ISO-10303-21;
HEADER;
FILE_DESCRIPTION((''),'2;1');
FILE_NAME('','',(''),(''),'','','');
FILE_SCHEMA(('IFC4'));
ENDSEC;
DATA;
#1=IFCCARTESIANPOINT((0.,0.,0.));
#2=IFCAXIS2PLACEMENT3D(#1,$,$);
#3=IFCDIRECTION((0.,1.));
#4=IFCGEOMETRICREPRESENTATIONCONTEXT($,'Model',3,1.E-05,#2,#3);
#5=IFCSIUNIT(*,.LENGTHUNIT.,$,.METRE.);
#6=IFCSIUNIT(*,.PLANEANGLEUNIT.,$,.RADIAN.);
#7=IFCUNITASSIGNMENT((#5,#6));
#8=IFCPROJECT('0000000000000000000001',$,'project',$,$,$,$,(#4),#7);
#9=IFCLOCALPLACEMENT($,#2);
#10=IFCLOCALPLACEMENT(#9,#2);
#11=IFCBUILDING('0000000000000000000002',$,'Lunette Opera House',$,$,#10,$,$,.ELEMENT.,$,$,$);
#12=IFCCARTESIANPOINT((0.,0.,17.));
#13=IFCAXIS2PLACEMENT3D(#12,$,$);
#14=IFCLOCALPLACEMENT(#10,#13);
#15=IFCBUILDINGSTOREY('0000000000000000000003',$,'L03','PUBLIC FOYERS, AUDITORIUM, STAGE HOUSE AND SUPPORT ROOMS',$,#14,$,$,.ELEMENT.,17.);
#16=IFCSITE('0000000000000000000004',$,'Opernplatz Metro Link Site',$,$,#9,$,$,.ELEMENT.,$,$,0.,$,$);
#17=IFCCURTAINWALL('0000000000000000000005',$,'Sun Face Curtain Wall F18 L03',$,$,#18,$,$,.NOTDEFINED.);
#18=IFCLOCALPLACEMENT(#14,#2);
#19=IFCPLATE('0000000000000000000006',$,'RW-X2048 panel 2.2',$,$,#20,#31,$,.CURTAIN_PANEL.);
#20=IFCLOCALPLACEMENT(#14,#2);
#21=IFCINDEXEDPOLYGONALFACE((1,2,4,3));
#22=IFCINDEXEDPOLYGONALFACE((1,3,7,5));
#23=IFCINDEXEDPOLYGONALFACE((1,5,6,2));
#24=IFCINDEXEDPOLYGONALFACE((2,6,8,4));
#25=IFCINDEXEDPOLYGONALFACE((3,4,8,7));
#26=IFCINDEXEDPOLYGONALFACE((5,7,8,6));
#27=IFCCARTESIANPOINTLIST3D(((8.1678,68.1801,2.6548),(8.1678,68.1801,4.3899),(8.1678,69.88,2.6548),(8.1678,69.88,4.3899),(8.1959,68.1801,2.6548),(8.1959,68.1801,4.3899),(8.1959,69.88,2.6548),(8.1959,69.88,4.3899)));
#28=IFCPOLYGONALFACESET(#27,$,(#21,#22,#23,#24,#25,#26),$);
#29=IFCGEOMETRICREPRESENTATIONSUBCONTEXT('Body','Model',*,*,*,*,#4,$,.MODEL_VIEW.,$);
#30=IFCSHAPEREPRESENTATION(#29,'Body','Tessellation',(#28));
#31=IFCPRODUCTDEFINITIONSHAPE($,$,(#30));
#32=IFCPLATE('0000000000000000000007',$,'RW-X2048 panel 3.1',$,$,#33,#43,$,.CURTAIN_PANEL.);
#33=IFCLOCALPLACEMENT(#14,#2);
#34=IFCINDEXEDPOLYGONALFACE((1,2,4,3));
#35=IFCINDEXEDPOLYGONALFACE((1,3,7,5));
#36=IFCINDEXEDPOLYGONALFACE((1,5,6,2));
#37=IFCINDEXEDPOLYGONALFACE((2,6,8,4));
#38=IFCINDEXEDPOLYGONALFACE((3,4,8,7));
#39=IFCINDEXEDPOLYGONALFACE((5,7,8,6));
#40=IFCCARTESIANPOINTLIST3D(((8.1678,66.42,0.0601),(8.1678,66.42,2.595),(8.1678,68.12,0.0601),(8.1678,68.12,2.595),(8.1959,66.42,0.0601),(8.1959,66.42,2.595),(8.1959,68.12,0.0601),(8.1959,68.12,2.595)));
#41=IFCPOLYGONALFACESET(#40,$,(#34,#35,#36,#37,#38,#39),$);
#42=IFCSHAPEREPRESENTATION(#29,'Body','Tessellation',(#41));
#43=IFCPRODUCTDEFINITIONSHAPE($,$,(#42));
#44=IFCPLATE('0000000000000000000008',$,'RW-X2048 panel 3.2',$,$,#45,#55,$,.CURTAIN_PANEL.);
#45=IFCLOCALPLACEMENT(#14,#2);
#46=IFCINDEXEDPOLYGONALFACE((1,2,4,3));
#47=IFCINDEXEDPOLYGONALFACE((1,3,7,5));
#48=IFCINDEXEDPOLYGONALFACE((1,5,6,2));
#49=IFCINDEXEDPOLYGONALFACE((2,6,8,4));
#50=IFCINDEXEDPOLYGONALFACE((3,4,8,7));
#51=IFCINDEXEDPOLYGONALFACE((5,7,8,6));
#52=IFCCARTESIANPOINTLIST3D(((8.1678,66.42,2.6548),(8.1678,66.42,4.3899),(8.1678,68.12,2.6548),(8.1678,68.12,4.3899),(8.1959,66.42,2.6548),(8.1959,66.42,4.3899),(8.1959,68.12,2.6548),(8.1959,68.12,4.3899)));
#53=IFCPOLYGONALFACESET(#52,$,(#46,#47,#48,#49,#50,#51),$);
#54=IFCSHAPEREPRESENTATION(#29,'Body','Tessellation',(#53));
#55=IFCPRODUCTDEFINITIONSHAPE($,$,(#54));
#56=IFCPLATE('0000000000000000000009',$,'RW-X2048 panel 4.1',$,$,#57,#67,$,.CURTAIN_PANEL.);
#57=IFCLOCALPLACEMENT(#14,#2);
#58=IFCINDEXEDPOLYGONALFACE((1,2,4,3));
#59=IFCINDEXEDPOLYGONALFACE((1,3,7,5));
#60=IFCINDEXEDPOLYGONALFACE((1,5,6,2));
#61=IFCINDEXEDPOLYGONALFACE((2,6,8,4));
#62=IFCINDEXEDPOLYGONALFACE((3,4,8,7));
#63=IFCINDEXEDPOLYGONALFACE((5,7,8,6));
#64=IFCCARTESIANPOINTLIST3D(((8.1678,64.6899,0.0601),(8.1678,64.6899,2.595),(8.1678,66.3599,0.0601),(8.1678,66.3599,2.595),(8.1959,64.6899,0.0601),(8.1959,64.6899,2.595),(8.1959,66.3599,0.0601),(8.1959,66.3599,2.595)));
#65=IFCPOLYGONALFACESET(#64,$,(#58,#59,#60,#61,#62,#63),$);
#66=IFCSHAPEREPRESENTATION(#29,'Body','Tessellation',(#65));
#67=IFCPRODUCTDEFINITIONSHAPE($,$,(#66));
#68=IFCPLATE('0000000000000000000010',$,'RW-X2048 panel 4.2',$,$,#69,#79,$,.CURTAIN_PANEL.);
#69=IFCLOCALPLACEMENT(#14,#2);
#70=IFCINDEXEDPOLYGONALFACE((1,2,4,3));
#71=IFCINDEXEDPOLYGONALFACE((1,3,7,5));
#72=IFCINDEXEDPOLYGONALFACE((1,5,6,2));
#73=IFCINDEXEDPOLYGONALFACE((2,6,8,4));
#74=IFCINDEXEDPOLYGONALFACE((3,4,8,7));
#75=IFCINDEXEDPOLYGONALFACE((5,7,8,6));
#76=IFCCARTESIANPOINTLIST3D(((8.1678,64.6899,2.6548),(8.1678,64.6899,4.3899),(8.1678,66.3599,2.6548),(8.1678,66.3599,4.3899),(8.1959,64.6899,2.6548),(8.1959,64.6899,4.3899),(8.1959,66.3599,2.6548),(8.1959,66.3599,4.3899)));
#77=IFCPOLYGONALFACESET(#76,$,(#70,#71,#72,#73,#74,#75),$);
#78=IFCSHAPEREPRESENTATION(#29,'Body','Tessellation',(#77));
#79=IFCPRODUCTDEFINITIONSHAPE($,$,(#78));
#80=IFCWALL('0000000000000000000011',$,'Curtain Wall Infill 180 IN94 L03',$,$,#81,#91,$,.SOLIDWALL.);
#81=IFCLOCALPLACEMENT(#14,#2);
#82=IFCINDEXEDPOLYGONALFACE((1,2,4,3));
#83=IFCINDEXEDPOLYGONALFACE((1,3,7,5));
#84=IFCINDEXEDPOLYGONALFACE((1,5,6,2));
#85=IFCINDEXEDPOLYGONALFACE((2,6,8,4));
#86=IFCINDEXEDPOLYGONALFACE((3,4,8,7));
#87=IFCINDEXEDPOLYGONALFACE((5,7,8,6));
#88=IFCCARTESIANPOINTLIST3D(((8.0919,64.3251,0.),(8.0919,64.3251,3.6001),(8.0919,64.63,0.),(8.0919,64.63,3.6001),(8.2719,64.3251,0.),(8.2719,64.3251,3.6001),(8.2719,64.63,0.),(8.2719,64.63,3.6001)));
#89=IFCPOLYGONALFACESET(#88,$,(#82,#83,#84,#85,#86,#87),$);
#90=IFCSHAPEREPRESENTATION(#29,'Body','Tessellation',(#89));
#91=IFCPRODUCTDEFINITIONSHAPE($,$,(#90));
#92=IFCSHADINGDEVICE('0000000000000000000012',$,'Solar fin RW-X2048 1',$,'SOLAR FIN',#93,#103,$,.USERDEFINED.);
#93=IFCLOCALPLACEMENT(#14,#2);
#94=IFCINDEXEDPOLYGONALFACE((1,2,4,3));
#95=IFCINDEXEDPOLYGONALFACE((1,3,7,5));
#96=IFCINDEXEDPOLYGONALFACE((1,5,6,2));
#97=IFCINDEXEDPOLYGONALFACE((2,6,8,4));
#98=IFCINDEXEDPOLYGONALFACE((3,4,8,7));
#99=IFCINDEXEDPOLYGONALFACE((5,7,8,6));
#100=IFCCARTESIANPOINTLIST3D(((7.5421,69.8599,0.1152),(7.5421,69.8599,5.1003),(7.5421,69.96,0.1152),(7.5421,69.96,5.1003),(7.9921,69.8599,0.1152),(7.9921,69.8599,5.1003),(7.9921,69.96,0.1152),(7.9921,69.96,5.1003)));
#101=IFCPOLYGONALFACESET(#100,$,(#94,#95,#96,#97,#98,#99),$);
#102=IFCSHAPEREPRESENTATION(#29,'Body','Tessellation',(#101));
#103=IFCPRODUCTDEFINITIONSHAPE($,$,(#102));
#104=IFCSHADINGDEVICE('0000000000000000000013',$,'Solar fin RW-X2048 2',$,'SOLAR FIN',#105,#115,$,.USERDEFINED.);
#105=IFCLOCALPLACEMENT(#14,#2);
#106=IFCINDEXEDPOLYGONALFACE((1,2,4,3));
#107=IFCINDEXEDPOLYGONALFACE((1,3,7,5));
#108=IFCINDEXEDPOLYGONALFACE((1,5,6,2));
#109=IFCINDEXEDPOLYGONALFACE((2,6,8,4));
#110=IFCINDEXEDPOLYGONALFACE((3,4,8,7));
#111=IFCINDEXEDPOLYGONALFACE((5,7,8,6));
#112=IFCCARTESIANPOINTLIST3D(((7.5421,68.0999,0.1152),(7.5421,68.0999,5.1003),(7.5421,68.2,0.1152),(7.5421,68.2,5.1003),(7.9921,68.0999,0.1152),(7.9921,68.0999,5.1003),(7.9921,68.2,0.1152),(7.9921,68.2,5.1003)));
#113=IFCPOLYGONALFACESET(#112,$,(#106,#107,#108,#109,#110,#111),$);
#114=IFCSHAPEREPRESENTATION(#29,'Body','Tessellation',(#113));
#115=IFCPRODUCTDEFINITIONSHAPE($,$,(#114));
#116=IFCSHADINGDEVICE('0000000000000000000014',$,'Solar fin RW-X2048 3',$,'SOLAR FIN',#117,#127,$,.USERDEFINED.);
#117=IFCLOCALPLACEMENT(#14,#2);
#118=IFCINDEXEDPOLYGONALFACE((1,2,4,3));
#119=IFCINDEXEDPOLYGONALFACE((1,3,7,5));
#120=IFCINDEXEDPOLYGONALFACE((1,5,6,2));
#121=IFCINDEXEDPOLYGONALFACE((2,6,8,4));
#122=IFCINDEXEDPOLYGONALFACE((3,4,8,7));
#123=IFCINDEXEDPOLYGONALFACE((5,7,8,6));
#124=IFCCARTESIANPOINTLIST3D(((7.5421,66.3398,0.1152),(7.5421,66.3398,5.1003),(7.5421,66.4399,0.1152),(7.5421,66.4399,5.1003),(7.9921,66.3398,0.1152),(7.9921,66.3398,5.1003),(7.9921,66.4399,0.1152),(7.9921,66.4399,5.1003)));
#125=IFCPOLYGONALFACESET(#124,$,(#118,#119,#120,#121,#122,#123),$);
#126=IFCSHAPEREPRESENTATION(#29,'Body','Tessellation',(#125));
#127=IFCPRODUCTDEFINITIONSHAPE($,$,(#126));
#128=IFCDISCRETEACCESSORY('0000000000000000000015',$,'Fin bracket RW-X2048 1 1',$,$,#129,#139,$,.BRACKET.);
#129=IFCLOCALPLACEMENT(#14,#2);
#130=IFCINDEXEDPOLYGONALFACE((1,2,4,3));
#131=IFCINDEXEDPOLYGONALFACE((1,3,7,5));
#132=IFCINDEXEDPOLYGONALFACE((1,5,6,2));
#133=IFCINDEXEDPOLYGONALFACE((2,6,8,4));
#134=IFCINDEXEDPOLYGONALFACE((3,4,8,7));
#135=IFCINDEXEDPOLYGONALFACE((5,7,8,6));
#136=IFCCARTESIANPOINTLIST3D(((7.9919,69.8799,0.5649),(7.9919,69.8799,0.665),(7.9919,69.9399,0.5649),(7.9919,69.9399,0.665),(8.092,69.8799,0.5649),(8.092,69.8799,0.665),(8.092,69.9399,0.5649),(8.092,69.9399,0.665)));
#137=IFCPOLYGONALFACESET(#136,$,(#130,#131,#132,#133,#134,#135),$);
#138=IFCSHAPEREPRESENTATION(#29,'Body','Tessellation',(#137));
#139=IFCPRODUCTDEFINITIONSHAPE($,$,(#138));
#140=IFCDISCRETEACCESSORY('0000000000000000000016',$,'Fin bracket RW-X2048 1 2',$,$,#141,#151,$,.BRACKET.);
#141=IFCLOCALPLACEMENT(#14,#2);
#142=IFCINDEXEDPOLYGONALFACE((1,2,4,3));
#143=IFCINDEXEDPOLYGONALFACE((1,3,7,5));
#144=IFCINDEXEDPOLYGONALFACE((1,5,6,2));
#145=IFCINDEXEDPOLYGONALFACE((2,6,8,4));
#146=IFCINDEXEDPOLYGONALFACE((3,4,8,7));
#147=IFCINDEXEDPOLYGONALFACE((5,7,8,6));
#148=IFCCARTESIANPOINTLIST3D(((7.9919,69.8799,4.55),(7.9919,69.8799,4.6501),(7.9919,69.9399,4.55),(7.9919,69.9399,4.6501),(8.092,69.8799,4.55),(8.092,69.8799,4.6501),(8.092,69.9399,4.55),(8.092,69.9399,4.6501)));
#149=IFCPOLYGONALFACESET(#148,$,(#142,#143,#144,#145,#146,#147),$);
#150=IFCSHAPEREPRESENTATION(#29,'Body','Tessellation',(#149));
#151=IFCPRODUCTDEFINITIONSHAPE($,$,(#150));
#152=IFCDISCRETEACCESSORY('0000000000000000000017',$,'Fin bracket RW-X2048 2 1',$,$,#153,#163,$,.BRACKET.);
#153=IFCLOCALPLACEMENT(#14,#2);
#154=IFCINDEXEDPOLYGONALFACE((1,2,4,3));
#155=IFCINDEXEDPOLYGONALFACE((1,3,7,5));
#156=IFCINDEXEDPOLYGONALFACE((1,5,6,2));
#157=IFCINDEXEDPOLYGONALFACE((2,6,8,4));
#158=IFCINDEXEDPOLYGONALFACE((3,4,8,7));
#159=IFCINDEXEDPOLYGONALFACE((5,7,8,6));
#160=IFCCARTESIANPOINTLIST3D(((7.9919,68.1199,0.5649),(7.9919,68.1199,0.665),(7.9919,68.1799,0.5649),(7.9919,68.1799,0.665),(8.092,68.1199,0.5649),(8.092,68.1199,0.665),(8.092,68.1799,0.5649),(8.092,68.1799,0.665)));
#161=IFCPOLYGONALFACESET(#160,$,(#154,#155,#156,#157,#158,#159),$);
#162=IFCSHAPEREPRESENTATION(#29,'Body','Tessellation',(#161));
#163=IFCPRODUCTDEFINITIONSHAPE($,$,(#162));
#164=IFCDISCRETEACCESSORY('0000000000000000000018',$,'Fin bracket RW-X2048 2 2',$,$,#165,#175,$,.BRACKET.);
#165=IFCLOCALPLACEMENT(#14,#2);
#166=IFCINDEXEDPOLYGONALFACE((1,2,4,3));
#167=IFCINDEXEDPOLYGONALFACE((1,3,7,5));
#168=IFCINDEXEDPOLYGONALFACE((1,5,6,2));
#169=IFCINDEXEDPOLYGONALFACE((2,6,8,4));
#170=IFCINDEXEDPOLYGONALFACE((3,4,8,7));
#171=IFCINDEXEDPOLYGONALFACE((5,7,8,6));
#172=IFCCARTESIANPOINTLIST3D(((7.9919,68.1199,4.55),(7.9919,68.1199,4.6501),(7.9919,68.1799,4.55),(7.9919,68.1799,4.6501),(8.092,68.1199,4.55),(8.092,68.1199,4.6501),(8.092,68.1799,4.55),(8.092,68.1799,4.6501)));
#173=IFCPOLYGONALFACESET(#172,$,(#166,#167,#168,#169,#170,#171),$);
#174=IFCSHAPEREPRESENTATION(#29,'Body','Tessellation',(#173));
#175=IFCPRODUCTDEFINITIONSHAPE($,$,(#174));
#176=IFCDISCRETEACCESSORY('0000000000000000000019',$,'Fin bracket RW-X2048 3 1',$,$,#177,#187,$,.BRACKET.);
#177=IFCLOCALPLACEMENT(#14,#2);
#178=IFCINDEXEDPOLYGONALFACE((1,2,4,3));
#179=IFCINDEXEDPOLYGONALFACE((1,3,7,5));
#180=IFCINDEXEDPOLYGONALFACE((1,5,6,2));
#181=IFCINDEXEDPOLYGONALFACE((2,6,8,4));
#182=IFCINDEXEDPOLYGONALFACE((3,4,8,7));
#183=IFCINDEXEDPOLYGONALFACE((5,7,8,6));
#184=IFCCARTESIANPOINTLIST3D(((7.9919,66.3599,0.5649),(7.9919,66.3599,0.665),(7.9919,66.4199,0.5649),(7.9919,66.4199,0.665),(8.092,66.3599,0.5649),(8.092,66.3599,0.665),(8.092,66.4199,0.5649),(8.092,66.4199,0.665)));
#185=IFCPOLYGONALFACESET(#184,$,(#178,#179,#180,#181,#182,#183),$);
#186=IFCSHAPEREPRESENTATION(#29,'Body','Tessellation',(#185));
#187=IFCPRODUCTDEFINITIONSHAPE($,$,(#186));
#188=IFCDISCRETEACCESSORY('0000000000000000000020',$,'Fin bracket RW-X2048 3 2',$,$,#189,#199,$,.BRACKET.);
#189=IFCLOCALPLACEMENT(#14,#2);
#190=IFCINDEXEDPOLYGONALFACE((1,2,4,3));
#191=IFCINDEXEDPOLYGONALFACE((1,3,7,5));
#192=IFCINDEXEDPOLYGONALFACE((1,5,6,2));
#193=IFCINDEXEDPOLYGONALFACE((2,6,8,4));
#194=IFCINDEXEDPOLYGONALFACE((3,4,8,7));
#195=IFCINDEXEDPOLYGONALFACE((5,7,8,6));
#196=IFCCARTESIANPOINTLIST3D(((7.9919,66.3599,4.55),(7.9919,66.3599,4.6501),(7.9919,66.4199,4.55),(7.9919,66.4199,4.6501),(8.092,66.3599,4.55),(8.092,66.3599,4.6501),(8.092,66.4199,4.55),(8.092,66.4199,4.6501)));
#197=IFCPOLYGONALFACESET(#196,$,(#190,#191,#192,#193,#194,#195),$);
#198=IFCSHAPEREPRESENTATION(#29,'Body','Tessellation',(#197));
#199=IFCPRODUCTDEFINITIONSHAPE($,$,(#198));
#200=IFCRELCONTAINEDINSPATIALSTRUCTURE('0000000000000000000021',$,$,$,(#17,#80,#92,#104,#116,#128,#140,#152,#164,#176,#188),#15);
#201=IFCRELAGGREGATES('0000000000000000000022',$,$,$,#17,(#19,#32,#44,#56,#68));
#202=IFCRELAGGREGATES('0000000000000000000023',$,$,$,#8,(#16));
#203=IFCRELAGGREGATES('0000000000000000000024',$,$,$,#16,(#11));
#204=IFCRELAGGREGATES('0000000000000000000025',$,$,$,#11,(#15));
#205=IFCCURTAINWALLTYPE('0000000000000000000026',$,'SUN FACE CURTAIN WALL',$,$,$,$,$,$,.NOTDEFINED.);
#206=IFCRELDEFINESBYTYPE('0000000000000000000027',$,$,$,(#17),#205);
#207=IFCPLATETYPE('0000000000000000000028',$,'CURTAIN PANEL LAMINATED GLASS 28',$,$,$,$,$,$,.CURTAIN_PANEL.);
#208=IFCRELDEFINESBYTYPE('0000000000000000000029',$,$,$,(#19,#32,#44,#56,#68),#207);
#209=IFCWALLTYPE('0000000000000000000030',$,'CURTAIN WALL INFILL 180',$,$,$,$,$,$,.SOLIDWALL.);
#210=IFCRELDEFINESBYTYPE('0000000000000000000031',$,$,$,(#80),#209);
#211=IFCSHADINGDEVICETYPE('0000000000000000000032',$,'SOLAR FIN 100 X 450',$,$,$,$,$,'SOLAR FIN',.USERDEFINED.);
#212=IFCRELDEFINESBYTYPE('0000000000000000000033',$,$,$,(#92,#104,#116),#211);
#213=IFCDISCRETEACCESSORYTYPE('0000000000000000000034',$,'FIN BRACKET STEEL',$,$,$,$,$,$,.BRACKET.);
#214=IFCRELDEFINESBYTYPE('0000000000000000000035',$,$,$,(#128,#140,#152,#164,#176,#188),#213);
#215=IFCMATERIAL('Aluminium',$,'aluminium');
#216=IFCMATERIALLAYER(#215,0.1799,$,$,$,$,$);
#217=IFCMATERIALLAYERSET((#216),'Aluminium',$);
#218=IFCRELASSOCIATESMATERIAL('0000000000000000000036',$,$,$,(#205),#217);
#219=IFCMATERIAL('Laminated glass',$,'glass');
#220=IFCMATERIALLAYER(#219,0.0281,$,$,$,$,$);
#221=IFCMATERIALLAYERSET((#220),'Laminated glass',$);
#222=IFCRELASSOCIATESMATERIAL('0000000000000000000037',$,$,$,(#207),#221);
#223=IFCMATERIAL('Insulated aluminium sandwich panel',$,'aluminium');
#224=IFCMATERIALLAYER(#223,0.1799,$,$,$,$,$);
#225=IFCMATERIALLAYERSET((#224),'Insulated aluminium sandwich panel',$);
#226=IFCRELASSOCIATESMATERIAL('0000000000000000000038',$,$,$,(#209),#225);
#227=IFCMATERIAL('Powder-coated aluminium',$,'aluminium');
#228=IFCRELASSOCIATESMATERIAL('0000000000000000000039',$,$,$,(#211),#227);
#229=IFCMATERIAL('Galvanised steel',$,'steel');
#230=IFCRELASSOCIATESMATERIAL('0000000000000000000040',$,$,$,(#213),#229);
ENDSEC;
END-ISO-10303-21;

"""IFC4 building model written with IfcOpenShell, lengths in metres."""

from ifc_helpers import new_model, si_unit, direction, frame, frame_2d, origin, origin_2d, place, context, subcontext, project, spatial, rectangle, extrude, material, layer, layer_set, type_object, element, aggregate, save


model = new_model("IFC4")

# Units and contexts
model_context = context("Model", 3, precision=1e-05, world=origin(), true_north=direction((0.0, 1.0)))
body_context = subcontext(model_context, "Body", "Model", "MODEL_VIEW")
ifc_project = project(units=[si_unit("LENGTHUNIT", "METRE"), si_unit("PLANEANGLEUNIT", "RADIAN")], contexts=[model_context])

# Site, building, storey
site_placement = place(None, origin())
site = spatial("IfcSite", under=ifc_project, at=site_placement, Name="Opernplatz Metro Link Site", CompositionType="ELEMENT", RefElevation=0.0)
building_placement = place(site_placement, origin())
building = spatial("IfcBuilding", under=site, at=building_placement, Name="Lunette Opera House", CompositionType="ELEMENT")
storey_placement = place(building_placement, frame((0.0, 0.0, 17.0)))
storey = spatial("IfcBuildingStorey", under=building, at=storey_placement, Name="L03", Description="PUBLIC FOYERS, AUDITORIUM, STAGE HOUSE AND SUPPORT ROOMS", CompositionType="ELEMENT", Elevation=17.0)

# Curtain wall, plates
ifc_material_1 = material(Name="Aluminium", Category="aluminium")
ifc_layer_1 = layer(ifc_material_1, 0.1799)
ifc_layer_set_1 = layer_set([ifc_layer_1], Name="Aluminium")
curtain_wall_type = type_object("IfcCurtainWallType", Name="SUN FACE CURTAIN WALL", PredefinedType="NOTDEFINED", material=ifc_layer_set_1)
curtain_wall_placement = place(storey_placement, origin())
curtain_wall = element("IfcCurtainWall", 1, at=curtain_wall_placement, inside=storey, type_object=curtain_wall_type, Name="Sun Face Curtain Wall F18 L03", PredefinedType="NOTDEFINED")
ifc_material_2 = material(Name="Laminated glass", Category="glass")
ifc_layer_2 = layer(ifc_material_2, 0.0281)
ifc_layer_set_2 = layer_set([ifc_layer_2], Name="Laminated glass")
plate_type = type_object("IfcPlateType", Name="CURTAIN PANEL LAMINATED GLASS 28", PredefinedType="CURTAIN_PANEL", material=ifc_layer_set_2)
plate_1_placement = place(storey_placement, frame((8.1819, 69.03, 2.6548), z_axis=(0.0, 0.0, 1.0), x_axis=(0.0, -1.0, 0.0)))
plate_1 = element("IfcPlate", 2, at=plate_1_placement, type_object=plate_type, Name="RW-X2048 panel 2.2", PredefinedType="CURTAIN_PANEL", context=body_context, shape_type="SweptSolid", body=[
    extrude(rectangle(XDim=1.7, YDim=0.0281, at=origin_2d()), origin(), (0.0, 0.0, 1.0), 1.7351),
])
plate_2_placement = place(storey_placement, frame((8.1819, 67.27, 0.0601), z_axis=(0.0, 0.0, 1.0), x_axis=(0.0, -1.0, 0.0)))
plate_2 = element("IfcPlate", 3, at=plate_2_placement, type_object=plate_type, Name="RW-X2048 panel 3.1", PredefinedType="CURTAIN_PANEL", context=body_context, shape_type="SweptSolid", body=[
    extrude(rectangle(XDim=1.7, YDim=0.0281, at=origin_2d()), origin(), (0.0, 0.0, 1.0), 2.5349),
])
plate_3_placement = place(storey_placement, frame((8.1819, 67.27, 2.6548), z_axis=(0.0, 0.0, 1.0), x_axis=(0.0, -1.0, 0.0)))
plate_3 = element("IfcPlate", 4, at=plate_3_placement, type_object=plate_type, Name="RW-X2048 panel 3.2", PredefinedType="CURTAIN_PANEL", context=body_context, shape_type="SweptSolid", body=[
    extrude(rectangle(XDim=1.7, YDim=0.0281, at=origin_2d()), origin(), (0.0, 0.0, 1.0), 1.7351),
])
plate_4_placement = place(storey_placement, frame((8.1819, 65.5249, 0.0601), z_axis=(0.0, 0.0, 1.0), x_axis=(0.0, -1.0, 0.0)))
plate_4 = element("IfcPlate", 5, at=plate_4_placement, type_object=plate_type, Name="RW-X2048 panel 4.1", PredefinedType="CURTAIN_PANEL", context=body_context, shape_type="SweptSolid", body=[
    extrude(rectangle(XDim=1.6699, YDim=0.0281, at=origin_2d()), origin(), (0.0, 0.0, 1.0), 2.5349),
])
plate_5_placement = place(storey_placement, frame((8.1819, 65.5249, 2.6548), z_axis=(0.0, 0.0, 1.0), x_axis=(0.0, -1.0, 0.0)))
plate_5 = element("IfcPlate", 6, at=plate_5_placement, type_object=plate_type, Name="RW-X2048 panel 4.2", PredefinedType="CURTAIN_PANEL", context=body_context, shape_type="SweptSolid", body=[
    extrude(rectangle(XDim=1.6699, YDim=0.0281, at=origin_2d()), origin(), (0.0, 0.0, 1.0), 1.7351),
])
aggregate(curtain_wall, [plate_1, plate_2, plate_3, plate_4, plate_5])

# Wall
ifc_material_3 = material(Name="Insulated aluminium sandwich panel", Category="aluminium")
ifc_layer_3 = layer(ifc_material_3, 0.1799)
ifc_layer_set_3 = layer_set([ifc_layer_3], Name="Insulated aluminium sandwich panel")
wall_type = type_object("IfcWallType", Name="CURTAIN WALL INFILL 180", PredefinedType="SOLIDWALL", material=ifc_layer_set_3)
wall_placement = place(storey_placement, frame((8.1819, 64.6299, 0.0), z_axis=(0.0, 0.0, 1.0), x_axis=(0.0, -1.0, 0.0)))
element("IfcWall", 7, at=wall_placement, inside=storey, type_object=wall_type, Name="Curtain Wall Infill 180 IN94 L03", PredefinedType="SOLIDWALL", context=body_context, shape_type="SweptSolid", body=[
    extrude(rectangle(XDim=0.3049, YDim=0.1799, at=frame_2d((0.1523, 0.0))), origin(), (0.0, 0.0, 1.0), 3.6001),
])

# Shading devices
ifc_material_4 = material(Name="Powder-coated aluminium", Category="aluminium")
shading_device_type = type_object("IfcShadingDeviceType", Name="SOLAR FIN 100 X 450", ElementType="SOLAR FIN", PredefinedType="USERDEFINED", material=ifc_material_4)
for number, where, z_axis, x_axis, name in (
    (8, (7.7671, 69.9099, 0.1152), (0.0, 0.0, 1.0), (-1.0, 0.0, 0.0), "Solar fin RW-X2048 1"),
    (9, (7.7671, 68.1499, 0.1152), (0.0, 0.0, 1.0), (-1.0, 0.0, 0.0), "Solar fin RW-X2048 2"),
    (10, (7.7671, 66.3899, 0.1152), (0.0, 0.0, 1.0), (-1.0, 0.0, 0.0), "Solar fin RW-X2048 3"),
):
    element("IfcShadingDevice", number, at=place(storey_placement, frame(where, z_axis=z_axis, x_axis=x_axis)), inside=storey, type_object=shading_device_type, Name=name, ObjectType="SOLAR FIN", PredefinedType="USERDEFINED", context=body_context, shape_type="SweptSolid", body=[
        extrude(rectangle(XDim=0.45, YDim=0.1001, at=origin_2d()), origin(), (0.0, 0.0, 1.0), 4.9851),
    ])

# Discrete accessories
ifc_material_5 = material(Name="Galvanised steel", Category="steel")
discrete_accessory_type = type_object("IfcDiscreteAccessoryType", Name="FIN BRACKET STEEL", PredefinedType="BRACKET", material=ifc_material_5)
for number, where, z_axis, x_axis, name in (
    (11, (8.042, 69.9099, 0.5649), (0.0, 0.0, 1.0), (-1.0, 0.0, 0.0), "Fin bracket RW-X2048 1 1"),
    (12, (8.042, 69.9099, 4.55), (0.0, 0.0, 1.0), (-1.0, 0.0, 0.0), "Fin bracket RW-X2048 1 2"),
    (13, (8.042, 68.1499, 0.5649), (0.0, 0.0, 1.0), (-1.0, 0.0, 0.0), "Fin bracket RW-X2048 2 1"),
    (14, (8.042, 68.1499, 4.55), (0.0, 0.0, 1.0), (-1.0, 0.0, 0.0), "Fin bracket RW-X2048 2 2"),
    (15, (8.042, 66.3899, 0.5649), (0.0, 0.0, 1.0), (-1.0, 0.0, 0.0), "Fin bracket RW-X2048 3 1"),
    (16, (8.042, 66.3899, 4.55), (0.0, 0.0, 1.0), (-1.0, 0.0, 0.0), "Fin bracket RW-X2048 3 2"),
):
    element("IfcDiscreteAccessory", number, at=place(storey_placement, frame(where, z_axis=z_axis, x_axis=x_axis)), inside=storey, type_object=discrete_accessory_type, Name=name, PredefinedType="BRACKET", context=body_context, shape_type="SweptSolid", body=[
        extrude(rectangle(XDim=0.1001, YDim=0.0601, at=origin_2d()), origin(), (0.0, 0.0, 1.0), 0.1001),
    ])

save(model, "model.ifc")
